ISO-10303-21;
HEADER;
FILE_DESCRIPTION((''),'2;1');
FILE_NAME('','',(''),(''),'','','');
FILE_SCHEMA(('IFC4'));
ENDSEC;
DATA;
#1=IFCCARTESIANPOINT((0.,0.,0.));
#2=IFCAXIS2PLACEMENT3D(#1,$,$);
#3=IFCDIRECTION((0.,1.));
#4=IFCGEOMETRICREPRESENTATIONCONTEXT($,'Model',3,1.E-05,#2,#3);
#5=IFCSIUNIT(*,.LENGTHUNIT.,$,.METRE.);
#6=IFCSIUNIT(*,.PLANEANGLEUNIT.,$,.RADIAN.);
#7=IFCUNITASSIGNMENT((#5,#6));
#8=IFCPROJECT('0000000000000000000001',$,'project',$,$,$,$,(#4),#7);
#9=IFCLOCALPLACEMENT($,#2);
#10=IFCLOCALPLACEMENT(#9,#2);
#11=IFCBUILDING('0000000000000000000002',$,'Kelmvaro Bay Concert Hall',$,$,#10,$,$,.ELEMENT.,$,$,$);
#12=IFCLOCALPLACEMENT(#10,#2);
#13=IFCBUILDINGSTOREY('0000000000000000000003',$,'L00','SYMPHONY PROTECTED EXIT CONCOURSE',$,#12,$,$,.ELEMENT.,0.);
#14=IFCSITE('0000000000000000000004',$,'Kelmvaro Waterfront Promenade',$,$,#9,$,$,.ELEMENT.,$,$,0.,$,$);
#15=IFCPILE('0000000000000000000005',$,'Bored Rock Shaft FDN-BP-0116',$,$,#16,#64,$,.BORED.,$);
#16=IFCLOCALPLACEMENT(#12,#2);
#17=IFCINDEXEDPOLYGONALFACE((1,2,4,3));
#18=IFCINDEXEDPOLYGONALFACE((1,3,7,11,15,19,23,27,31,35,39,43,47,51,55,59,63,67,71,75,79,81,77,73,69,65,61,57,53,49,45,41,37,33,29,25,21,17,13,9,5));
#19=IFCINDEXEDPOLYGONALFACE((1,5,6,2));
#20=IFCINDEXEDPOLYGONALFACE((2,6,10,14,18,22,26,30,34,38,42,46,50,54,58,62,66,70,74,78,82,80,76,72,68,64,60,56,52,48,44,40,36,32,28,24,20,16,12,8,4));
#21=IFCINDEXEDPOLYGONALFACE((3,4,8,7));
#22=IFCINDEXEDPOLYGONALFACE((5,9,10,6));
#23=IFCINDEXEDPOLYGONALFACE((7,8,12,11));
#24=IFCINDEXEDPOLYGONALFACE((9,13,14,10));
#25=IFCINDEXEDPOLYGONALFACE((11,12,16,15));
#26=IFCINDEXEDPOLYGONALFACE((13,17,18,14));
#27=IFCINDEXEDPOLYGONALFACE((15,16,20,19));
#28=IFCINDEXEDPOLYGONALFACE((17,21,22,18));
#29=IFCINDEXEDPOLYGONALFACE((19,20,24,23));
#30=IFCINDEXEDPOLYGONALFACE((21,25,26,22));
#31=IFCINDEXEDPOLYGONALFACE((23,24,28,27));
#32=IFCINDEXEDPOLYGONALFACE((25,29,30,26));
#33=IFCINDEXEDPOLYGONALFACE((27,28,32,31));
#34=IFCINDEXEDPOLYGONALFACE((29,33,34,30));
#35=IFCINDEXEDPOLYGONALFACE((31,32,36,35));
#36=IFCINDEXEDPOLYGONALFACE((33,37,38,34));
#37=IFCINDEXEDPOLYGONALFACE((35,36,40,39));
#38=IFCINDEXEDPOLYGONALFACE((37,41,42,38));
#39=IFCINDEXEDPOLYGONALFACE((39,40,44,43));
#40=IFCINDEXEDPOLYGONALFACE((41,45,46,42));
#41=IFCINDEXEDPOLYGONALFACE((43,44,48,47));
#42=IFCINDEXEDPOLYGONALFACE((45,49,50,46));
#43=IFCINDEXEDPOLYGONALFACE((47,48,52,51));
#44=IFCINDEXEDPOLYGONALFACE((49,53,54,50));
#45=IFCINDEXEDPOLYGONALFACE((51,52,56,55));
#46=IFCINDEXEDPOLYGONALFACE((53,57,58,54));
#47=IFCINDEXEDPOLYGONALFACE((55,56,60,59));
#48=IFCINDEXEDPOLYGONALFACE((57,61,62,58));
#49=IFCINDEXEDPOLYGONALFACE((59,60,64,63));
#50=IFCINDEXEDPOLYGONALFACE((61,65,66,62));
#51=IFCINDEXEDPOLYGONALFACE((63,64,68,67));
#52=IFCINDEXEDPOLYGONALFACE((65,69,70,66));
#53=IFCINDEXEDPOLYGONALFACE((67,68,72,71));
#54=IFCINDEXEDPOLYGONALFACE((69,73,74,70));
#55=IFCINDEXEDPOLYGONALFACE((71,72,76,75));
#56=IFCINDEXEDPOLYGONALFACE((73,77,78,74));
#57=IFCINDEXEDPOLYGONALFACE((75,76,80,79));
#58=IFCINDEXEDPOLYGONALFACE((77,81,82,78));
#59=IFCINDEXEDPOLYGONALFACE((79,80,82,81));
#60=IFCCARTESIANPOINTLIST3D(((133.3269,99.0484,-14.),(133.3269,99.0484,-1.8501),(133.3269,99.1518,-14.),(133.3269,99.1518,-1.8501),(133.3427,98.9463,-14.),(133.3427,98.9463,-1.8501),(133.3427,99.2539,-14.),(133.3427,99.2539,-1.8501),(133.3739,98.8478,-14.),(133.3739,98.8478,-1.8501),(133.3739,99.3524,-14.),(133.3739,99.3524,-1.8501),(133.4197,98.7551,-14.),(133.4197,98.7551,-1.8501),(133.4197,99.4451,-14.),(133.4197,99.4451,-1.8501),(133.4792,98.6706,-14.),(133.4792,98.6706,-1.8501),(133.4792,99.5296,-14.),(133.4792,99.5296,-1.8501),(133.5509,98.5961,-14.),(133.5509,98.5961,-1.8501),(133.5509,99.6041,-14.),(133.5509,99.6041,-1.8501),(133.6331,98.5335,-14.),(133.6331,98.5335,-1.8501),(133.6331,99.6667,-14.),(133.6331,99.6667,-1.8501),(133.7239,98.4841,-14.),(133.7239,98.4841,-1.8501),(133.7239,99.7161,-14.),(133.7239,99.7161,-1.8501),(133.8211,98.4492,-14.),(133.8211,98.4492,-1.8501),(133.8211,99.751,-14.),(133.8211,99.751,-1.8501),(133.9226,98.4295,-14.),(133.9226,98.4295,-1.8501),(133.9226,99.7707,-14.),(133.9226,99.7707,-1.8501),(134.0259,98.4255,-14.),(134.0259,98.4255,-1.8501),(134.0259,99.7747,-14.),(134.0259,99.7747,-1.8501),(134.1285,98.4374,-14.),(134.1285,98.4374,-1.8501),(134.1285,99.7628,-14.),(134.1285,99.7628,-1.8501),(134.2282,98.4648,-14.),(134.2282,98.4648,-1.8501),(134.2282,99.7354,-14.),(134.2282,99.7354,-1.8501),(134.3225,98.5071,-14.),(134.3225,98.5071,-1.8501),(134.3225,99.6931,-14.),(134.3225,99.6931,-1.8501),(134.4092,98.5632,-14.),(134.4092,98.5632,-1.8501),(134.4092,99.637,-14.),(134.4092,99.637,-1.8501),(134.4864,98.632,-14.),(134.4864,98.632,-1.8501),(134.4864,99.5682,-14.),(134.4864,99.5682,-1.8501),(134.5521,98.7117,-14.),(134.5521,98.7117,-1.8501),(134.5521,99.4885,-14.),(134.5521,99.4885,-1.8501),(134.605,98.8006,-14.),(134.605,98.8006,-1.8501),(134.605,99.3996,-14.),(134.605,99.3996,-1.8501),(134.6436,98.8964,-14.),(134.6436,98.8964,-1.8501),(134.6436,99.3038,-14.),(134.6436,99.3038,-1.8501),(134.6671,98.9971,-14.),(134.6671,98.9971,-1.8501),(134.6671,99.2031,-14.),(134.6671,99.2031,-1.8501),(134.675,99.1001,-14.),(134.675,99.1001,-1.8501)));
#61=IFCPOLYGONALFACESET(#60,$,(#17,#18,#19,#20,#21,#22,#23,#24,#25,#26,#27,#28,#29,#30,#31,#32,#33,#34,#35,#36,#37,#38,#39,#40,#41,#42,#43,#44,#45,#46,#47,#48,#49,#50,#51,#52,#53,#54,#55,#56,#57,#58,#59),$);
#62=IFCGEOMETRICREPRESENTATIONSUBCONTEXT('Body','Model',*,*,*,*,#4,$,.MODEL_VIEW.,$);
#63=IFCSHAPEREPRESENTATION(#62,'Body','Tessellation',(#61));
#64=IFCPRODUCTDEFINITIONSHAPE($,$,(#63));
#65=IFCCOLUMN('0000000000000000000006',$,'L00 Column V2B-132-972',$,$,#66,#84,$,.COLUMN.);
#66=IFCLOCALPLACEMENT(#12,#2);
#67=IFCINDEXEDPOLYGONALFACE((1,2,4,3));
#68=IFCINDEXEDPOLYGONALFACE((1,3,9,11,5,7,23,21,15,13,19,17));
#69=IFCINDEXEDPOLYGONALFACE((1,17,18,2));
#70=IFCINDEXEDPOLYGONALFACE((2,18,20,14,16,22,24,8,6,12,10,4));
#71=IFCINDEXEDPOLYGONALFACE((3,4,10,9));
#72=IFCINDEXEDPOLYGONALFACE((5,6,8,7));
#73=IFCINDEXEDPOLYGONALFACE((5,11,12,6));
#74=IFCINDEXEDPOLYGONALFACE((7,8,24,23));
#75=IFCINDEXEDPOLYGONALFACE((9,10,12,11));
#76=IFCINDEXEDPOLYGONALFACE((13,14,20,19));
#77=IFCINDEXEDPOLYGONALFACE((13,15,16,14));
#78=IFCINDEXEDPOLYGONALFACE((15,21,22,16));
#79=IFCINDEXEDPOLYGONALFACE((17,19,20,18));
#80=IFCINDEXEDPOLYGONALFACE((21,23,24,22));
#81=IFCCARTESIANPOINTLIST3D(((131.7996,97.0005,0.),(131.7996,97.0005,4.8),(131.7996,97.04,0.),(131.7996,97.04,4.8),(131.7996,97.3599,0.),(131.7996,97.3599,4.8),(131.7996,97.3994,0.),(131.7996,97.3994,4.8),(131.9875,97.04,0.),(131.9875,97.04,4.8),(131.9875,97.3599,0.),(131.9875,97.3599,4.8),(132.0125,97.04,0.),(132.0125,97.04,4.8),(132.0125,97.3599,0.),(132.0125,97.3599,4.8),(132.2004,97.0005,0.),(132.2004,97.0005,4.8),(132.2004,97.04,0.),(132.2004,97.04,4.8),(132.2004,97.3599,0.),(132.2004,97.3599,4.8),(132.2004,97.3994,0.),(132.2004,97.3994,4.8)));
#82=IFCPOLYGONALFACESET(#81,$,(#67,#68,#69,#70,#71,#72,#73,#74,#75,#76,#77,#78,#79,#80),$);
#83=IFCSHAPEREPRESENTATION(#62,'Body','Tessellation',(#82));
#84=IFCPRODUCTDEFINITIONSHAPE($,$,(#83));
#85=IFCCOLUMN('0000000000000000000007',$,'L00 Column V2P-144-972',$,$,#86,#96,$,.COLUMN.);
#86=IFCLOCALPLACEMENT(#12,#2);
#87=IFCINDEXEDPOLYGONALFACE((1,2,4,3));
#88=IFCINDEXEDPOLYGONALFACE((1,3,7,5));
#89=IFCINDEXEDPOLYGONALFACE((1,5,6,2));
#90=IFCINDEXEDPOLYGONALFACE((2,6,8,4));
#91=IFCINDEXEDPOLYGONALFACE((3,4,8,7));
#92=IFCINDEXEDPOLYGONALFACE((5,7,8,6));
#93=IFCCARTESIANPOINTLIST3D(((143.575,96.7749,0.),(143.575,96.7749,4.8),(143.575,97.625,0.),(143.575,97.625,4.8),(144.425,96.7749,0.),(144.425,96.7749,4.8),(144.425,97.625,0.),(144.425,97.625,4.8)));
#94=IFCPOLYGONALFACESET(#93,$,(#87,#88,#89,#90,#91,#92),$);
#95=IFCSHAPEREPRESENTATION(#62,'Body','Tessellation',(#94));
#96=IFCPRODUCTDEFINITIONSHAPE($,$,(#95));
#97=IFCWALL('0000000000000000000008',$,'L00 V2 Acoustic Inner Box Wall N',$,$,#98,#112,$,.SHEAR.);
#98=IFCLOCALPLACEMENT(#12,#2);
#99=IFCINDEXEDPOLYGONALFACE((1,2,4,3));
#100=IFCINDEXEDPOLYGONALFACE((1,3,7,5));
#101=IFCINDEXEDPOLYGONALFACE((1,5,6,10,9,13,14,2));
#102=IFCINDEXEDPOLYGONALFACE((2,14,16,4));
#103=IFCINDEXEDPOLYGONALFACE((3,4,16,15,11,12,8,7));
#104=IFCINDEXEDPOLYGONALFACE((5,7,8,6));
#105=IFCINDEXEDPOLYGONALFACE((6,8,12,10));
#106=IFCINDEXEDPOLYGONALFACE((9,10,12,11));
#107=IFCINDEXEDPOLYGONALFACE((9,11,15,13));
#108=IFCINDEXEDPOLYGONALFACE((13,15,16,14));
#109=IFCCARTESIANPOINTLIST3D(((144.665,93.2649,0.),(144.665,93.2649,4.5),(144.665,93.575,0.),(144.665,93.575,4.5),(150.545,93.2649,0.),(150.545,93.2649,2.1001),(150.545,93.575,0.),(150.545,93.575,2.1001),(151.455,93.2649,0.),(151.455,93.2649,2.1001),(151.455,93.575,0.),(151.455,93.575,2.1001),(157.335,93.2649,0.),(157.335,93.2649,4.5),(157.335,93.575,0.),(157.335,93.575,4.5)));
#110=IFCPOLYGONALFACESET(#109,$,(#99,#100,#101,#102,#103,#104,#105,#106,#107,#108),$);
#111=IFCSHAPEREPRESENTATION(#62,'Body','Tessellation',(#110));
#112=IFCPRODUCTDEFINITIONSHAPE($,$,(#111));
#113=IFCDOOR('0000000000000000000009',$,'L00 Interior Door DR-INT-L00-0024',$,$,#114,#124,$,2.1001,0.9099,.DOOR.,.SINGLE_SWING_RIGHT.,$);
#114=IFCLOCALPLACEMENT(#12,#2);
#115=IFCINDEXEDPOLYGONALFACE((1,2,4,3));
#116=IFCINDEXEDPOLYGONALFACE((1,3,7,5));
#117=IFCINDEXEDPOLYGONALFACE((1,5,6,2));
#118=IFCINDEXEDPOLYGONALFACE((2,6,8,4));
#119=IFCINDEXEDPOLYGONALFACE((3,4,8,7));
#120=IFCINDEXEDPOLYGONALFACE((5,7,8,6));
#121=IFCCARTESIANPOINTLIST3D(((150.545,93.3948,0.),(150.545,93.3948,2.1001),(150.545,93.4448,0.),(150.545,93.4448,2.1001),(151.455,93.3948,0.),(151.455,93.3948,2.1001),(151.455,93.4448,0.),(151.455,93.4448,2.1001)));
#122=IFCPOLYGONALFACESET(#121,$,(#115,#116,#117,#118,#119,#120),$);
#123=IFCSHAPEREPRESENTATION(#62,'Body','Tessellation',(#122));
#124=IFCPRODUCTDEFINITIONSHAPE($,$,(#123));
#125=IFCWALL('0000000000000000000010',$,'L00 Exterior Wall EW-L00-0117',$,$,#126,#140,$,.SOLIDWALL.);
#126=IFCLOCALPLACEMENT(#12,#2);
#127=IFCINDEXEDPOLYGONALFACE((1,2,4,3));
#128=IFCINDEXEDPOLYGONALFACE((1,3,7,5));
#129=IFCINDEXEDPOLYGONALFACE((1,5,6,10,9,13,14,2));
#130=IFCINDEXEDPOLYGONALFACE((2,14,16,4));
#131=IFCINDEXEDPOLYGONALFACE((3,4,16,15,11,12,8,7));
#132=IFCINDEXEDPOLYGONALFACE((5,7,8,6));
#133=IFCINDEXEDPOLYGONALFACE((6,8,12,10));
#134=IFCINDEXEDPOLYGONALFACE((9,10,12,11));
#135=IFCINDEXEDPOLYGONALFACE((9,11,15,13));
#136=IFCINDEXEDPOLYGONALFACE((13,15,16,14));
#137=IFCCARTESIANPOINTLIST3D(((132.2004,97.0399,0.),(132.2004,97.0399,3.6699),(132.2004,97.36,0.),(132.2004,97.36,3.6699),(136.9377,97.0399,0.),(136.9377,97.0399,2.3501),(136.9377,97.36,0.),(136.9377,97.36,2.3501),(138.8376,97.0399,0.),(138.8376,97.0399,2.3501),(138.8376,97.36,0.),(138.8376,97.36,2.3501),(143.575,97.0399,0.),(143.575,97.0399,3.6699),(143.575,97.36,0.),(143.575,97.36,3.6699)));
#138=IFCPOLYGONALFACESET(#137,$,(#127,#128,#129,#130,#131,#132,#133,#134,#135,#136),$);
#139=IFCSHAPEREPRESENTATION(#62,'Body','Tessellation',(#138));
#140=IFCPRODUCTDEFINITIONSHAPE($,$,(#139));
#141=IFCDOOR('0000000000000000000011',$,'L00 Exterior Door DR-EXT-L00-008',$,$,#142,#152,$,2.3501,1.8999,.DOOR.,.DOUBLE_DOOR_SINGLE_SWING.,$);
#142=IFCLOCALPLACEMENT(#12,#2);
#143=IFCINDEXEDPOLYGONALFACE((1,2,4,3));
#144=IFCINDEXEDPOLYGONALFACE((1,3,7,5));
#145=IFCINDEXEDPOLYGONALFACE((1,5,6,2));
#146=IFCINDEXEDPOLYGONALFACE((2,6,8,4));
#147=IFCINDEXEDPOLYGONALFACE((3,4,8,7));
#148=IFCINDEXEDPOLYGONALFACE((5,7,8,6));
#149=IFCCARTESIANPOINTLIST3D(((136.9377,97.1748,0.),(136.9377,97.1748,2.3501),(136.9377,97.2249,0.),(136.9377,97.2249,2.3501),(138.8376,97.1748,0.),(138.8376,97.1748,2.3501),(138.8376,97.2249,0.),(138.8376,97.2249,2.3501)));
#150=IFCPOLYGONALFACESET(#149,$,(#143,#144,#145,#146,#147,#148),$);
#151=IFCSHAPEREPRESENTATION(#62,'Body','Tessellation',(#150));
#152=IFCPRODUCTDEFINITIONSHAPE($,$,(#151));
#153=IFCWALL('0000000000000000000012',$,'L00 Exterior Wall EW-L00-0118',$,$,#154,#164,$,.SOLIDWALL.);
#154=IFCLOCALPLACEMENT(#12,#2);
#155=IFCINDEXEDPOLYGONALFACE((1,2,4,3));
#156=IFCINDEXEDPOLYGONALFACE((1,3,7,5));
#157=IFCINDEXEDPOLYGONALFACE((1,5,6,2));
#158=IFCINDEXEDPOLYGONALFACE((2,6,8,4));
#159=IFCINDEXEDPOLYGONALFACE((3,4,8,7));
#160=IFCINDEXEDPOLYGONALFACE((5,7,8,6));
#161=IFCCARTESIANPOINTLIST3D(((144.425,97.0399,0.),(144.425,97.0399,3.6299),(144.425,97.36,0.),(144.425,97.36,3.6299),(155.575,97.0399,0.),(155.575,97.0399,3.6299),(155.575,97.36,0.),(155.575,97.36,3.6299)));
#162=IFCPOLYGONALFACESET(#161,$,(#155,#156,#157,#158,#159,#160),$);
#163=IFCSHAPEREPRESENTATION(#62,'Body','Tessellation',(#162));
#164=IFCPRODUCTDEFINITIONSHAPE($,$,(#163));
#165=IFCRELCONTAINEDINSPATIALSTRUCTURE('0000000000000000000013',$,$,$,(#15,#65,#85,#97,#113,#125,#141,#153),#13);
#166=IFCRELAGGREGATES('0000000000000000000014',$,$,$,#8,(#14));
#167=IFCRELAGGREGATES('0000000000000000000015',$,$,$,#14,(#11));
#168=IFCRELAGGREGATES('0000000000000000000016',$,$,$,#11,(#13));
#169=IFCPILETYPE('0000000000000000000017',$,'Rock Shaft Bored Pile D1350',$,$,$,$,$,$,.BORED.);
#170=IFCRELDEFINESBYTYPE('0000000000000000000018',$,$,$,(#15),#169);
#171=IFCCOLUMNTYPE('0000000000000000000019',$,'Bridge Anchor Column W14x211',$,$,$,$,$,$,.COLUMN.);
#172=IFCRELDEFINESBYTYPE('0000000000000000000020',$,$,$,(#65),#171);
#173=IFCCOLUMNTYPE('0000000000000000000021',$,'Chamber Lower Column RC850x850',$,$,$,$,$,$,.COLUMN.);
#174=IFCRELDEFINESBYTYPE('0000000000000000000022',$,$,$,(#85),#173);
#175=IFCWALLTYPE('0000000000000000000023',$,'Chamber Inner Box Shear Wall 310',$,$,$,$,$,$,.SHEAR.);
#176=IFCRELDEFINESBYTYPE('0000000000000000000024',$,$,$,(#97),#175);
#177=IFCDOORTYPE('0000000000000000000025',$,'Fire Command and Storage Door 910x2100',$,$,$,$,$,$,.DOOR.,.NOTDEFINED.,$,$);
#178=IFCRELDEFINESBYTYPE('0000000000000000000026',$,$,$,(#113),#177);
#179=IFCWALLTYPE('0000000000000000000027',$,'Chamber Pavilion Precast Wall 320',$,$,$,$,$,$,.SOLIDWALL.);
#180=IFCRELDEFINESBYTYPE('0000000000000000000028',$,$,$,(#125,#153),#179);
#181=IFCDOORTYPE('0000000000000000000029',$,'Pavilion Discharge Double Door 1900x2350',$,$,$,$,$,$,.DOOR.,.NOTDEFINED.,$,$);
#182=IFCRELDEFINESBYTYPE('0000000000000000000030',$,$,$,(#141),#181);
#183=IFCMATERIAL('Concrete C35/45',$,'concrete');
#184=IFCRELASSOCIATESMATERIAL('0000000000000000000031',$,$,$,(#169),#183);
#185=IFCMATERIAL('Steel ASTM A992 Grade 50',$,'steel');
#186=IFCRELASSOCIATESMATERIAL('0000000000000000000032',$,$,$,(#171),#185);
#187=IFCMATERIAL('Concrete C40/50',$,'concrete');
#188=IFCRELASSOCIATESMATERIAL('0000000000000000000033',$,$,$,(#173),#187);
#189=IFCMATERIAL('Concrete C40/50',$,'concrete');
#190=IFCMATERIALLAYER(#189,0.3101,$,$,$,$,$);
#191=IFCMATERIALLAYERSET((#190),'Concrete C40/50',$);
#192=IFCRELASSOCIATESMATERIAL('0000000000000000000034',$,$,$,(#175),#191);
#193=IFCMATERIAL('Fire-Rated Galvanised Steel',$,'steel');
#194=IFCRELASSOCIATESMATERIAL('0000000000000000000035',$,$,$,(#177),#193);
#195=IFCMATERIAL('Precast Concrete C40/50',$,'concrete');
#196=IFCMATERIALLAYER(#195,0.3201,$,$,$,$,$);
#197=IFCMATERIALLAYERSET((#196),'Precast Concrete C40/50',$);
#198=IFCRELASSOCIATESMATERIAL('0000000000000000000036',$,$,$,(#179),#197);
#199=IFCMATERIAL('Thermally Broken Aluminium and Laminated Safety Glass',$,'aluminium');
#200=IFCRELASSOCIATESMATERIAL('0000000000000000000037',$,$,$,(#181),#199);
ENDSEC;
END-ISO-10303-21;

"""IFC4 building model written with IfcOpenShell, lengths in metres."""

from ifc_helpers import new_model, si_unit, direction, frame, frame_2d, origin, origin_2d, place, context, subcontext, project, spatial, rectangle, circle, i_section, extrude, material, layer, layer_set, material_profile, profile_set, type_object, element, fill, save


model = new_model("IFC4")

# Units and contexts
model_context = context("Model", 3, precision=1e-05, world=origin(), true_north=direction((0.0, 1.0)))
body_context = subcontext(model_context, "Body", "Model", "MODEL_VIEW")
ifc_project = project(units=[si_unit("LENGTHUNIT", "METRE"), si_unit("PLANEANGLEUNIT", "RADIAN")], contexts=[model_context])

# Site, building, storey
site_placement = place(None, origin())
site = spatial("IfcSite", under=ifc_project, at=site_placement, Name="Kelmvaro Waterfront Promenade", CompositionType="ELEMENT", RefElevation=0.0)
building_placement = place(site_placement, origin())
building = spatial("IfcBuilding", under=site, at=building_placement, Name="Kelmvaro Bay Concert Hall", CompositionType="ELEMENT")
storey_placement = place(building_placement, origin())
storey = spatial("IfcBuildingStorey", under=building, at=storey_placement, Name="L00", Description="SYMPHONY PROTECTED EXIT CONCOURSE", CompositionType="ELEMENT", Elevation=0.0)

# Pile
ifc_material_1 = material(Name="Concrete C35/45", Category="concrete")
ifc_material_profile_1 = material_profile(ifc_material_1, circle(Radius=0.675, at=origin_2d()), Name="PILE-BORED-1350")
ifc_profile_set_1 = profile_set([ifc_material_profile_1], Name="Concrete C35/45")
pile_type_1 = type_object("IfcPileType", Name="Rock Shaft Bored Pile D1350", PredefinedType="BORED", material=ifc_profile_set_1)
for number, where, z_axis, x_axis, name in (
    (1, (134.0, 99.1001, -1.8501), (0.0, 0.0, -1.0), (1.0, 0.0, 0.0), "Bored Rock Shaft FDN-BP-0116"),
):
    element("IfcPile", number, at=place(storey_placement, frame(where, z_axis=z_axis, x_axis=x_axis)), inside=storey, type_object=pile_type_1, Name=name, PredefinedType="BORED", context=body_context, shape_type="SweptSolid", body=[
        extrude(circle(Radius=0.675, at=origin_2d()), origin(), (0.0, 0.0, 1.0), 12.1499),
    ])

# Columns
ifc_material_2 = material(Name="Steel ASTM A992 Grade 50", Category="steel")
ifc_material_profile_2 = material_profile(ifc_material_2, i_section(OverallWidth=0.4009, OverallDepth=0.3989, WebThickness=0.0249, FlangeThickness=0.0396, at=origin_2d()), Name="W14X211")
ifc_profile_set_2 = profile_set([ifc_material_profile_2], Name="Steel ASTM A992 Grade 50")
column_type_1 = type_object("IfcColumnType", Name="Bridge Anchor Column W14x211", PredefinedType="COLUMN", material=ifc_profile_set_2)
column_1_placement = place(storey_placement, frame((132.0, 97.2, 0.0), z_axis=(0.0, 0.0, 1.0), x_axis=(1.0, 0.0, 0.0)))
element("IfcColumn", 2, at=column_1_placement, inside=storey, type_object=column_type_1, Name="L00 Column V2B-132-972", PredefinedType="COLUMN", context=body_context, shape_type="SweptSolid", body=[
    extrude(i_section(OverallWidth=0.4009, OverallDepth=0.3989, WebThickness=0.0249, FlangeThickness=0.0396, at=origin_2d()), origin(), (0.0, 0.0, 1.0), 4.8),
])
ifc_material_3 = material(Name="Concrete C40/50", Category="concrete")
ifc_material_profile_3 = material_profile(ifc_material_3, rectangle(XDim=0.8501, YDim=0.8501, at=origin_2d()), Name="RC-COL-850X850")
ifc_profile_set_3 = profile_set([ifc_material_profile_3], Name="Concrete C40/50")
column_type_2 = type_object("IfcColumnType", Name="Chamber Lower Column RC850x850", PredefinedType="COLUMN", material=ifc_profile_set_3)
column_2_placement = place(storey_placement, frame((144.0, 97.2, 0.0), z_axis=(0.0, 0.0, 1.0), x_axis=(1.0, 0.0, 0.0)))
element("IfcColumn", 3, at=column_2_placement, inside=storey, type_object=column_type_2, Name="L00 Column V2P-144-972", PredefinedType="COLUMN", context=body_context, shape_type="SweptSolid", body=[
    extrude(rectangle(XDim=0.8501, YDim=0.8501, at=origin_2d()), origin(), (0.0, 0.0, 1.0), 4.8),
])

# Walls, openings, doors
ifc_material_4 = material(Name="Concrete C40/50", Category="concrete")
ifc_layer_1 = layer(ifc_material_4, 0.3101)
ifc_layer_set_1 = layer_set([ifc_layer_1], Name="Concrete C40/50")
wall_type_1 = type_object("IfcWallType", Name="Chamber Inner Box Shear Wall 310", PredefinedType="SHEAR", material=ifc_layer_set_1)
wall_1_placement = place(storey_placement, frame((144.665, 93.4199, 0.0), z_axis=(0.0, 0.0, 1.0), x_axis=(1.0, 0.0, 0.0)))
wall_1 = element("IfcWall", 4, at=wall_1_placement, inside=storey, type_object=wall_type_1, Name="L00 V2 Acoustic Inner Box Wall N", PredefinedType="SHEAR", context=body_context, shape_type="SweptSolid", body=[
    extrude(rectangle(XDim=12.6699, YDim=0.3101, at=frame_2d((6.335, 0.0))), origin(), (0.0, 0.0, 1.0), 4.5),
])
opening_1_placement = place(wall_1_placement, frame((5.8799, 0.0, 0.0)))
opening_1 = element("IfcOpeningElement", 5, at=opening_1_placement, cuts=wall_1, PredefinedType="OPENING", context=body_context, shape_type="SweptSolid", body=[
    extrude(rectangle(XDim=0.9099, YDim=2.1001, at=frame_2d((0.4551, 1.05))), frame((0.0, 0.165, 0.0), z_axis=(0.0, -1.0, 0.0), x_axis=(1.0, 0.0, 0.0)), (0.0, 0.0, 1.0), 0.3301),
])
ifc_material_5 = material(Name="Fire-Rated Galvanised Steel", Category="steel")
door_type_1 = type_object("IfcDoorType", Name="Fire Command and Storage Door 910x2100", OperationType="NOTDEFINED", PredefinedType="DOOR", material=ifc_material_5)
door_1_placement = place(opening_1_placement, origin())
door_1 = element("IfcDoor", 6, at=door_1_placement, inside=storey, type_object=door_type_1, Name="L00 Interior Door DR-INT-L00-0024", OperationType="SINGLE_SWING_RIGHT", OverallHeight=2.1001, OverallWidth=0.9099, PredefinedType="DOOR", context=body_context, shape_type="SweptSolid", body=[
    extrude(rectangle(XDim=0.9099, YDim=2.1001, at=frame_2d((0.4551, 1.05))), frame((0.0, 0.0249, 0.0), z_axis=(0.0, -1.0, 0.0), x_axis=(1.0, 0.0, 0.0)), (0.0, 0.0, 1.0), 0.05),
])
fill(opening_1, door_1)
ifc_material_6 = material(Name="Precast Concrete C40/50", Category="concrete")
ifc_layer_2 = layer(ifc_material_6, 0.3201)
ifc_layer_set_2 = layer_set([ifc_layer_2], Name="Precast Concrete C40/50")
wall_type_2 = type_object("IfcWallType", Name="Chamber Pavilion Precast Wall 320", PredefinedType="SOLIDWALL", material=ifc_layer_set_2)
wall_2_placement = place(storey_placement, frame((132.2004, 97.2, 0.0), z_axis=(0.0, 0.0, 1.0), x_axis=(1.0, 0.0, 0.0)))
wall_2 = element("IfcWall", 7, at=wall_2_placement, inside=storey, type_object=wall_type_2, Name="L00 Exterior Wall EW-L00-0117", PredefinedType="SOLIDWALL", context=body_context, shape_type="SweptSolid", body=[
    extrude(rectangle(XDim=11.3745, YDim=0.3201, at=frame_2d((5.6873, 0.0))), origin(), (0.0, 0.0, 1.0), 3.6699),
])
opening_2_placement = place(wall_2_placement, frame((4.7373, 0.0, 0.0)))
opening_2 = element("IfcOpeningElement", 8, at=opening_2_placement, cuts=wall_2, PredefinedType="OPENING", context=body_context, shape_type="SweptSolid", body=[
    extrude(rectangle(XDim=1.8999, YDim=2.3501, at=frame_2d((0.95, 1.175))), frame((0.0, 0.1699, 0.0), z_axis=(0.0, -1.0, 0.0), x_axis=(1.0, 0.0, 0.0)), (0.0, 0.0, 1.0), 0.3401),
])
ifc_material_7 = material(Name="Thermally Broken Aluminium and Laminated Safety Glass", Category="aluminium")
door_type_2 = type_object("IfcDoorType", Name="Pavilion Discharge Double Door 1900x2350", OperationType="NOTDEFINED", PredefinedType="DOOR", material=ifc_material_7)
door_2_placement = place(opening_2_placement, origin())
door_2 = element("IfcDoor", 9, at=door_2_placement, inside=storey, type_object=door_type_2, Name="L00 Exterior Door DR-EXT-L00-008", OperationType="DOUBLE_DOOR_SINGLE_SWING", OverallHeight=2.3501, OverallWidth=1.8999, PredefinedType="DOOR", context=body_context, shape_type="SweptSolid", body=[
    extrude(rectangle(XDim=1.8999, YDim=2.3501, at=frame_2d((0.95, 1.175))), frame((0.0, 0.0249, 0.0), z_axis=(0.0, -1.0, 0.0), x_axis=(1.0, 0.0, 0.0)), (0.0, 0.0, 1.0), 0.05),
])
fill(opening_2, door_2)

# Wall
wall_3_placement = place(storey_placement, frame((144.425, 97.2, 0.0), z_axis=(0.0, 0.0, 1.0), x_axis=(1.0, 0.0, 0.0)))
element("IfcWall", 10, at=wall_3_placement, inside=storey, type_object=wall_type_2, Name="L00 Exterior Wall EW-L00-0118", PredefinedType="SOLIDWALL", context=body_context, shape_type="SweptSolid", body=[
    extrude(rectangle(XDim=11.1499, YDim=0.3201, at=frame_2d((5.575, 0.0))), origin(), (0.0, 0.0, 1.0), 3.6299),
])

save(model, "model.ifc")
